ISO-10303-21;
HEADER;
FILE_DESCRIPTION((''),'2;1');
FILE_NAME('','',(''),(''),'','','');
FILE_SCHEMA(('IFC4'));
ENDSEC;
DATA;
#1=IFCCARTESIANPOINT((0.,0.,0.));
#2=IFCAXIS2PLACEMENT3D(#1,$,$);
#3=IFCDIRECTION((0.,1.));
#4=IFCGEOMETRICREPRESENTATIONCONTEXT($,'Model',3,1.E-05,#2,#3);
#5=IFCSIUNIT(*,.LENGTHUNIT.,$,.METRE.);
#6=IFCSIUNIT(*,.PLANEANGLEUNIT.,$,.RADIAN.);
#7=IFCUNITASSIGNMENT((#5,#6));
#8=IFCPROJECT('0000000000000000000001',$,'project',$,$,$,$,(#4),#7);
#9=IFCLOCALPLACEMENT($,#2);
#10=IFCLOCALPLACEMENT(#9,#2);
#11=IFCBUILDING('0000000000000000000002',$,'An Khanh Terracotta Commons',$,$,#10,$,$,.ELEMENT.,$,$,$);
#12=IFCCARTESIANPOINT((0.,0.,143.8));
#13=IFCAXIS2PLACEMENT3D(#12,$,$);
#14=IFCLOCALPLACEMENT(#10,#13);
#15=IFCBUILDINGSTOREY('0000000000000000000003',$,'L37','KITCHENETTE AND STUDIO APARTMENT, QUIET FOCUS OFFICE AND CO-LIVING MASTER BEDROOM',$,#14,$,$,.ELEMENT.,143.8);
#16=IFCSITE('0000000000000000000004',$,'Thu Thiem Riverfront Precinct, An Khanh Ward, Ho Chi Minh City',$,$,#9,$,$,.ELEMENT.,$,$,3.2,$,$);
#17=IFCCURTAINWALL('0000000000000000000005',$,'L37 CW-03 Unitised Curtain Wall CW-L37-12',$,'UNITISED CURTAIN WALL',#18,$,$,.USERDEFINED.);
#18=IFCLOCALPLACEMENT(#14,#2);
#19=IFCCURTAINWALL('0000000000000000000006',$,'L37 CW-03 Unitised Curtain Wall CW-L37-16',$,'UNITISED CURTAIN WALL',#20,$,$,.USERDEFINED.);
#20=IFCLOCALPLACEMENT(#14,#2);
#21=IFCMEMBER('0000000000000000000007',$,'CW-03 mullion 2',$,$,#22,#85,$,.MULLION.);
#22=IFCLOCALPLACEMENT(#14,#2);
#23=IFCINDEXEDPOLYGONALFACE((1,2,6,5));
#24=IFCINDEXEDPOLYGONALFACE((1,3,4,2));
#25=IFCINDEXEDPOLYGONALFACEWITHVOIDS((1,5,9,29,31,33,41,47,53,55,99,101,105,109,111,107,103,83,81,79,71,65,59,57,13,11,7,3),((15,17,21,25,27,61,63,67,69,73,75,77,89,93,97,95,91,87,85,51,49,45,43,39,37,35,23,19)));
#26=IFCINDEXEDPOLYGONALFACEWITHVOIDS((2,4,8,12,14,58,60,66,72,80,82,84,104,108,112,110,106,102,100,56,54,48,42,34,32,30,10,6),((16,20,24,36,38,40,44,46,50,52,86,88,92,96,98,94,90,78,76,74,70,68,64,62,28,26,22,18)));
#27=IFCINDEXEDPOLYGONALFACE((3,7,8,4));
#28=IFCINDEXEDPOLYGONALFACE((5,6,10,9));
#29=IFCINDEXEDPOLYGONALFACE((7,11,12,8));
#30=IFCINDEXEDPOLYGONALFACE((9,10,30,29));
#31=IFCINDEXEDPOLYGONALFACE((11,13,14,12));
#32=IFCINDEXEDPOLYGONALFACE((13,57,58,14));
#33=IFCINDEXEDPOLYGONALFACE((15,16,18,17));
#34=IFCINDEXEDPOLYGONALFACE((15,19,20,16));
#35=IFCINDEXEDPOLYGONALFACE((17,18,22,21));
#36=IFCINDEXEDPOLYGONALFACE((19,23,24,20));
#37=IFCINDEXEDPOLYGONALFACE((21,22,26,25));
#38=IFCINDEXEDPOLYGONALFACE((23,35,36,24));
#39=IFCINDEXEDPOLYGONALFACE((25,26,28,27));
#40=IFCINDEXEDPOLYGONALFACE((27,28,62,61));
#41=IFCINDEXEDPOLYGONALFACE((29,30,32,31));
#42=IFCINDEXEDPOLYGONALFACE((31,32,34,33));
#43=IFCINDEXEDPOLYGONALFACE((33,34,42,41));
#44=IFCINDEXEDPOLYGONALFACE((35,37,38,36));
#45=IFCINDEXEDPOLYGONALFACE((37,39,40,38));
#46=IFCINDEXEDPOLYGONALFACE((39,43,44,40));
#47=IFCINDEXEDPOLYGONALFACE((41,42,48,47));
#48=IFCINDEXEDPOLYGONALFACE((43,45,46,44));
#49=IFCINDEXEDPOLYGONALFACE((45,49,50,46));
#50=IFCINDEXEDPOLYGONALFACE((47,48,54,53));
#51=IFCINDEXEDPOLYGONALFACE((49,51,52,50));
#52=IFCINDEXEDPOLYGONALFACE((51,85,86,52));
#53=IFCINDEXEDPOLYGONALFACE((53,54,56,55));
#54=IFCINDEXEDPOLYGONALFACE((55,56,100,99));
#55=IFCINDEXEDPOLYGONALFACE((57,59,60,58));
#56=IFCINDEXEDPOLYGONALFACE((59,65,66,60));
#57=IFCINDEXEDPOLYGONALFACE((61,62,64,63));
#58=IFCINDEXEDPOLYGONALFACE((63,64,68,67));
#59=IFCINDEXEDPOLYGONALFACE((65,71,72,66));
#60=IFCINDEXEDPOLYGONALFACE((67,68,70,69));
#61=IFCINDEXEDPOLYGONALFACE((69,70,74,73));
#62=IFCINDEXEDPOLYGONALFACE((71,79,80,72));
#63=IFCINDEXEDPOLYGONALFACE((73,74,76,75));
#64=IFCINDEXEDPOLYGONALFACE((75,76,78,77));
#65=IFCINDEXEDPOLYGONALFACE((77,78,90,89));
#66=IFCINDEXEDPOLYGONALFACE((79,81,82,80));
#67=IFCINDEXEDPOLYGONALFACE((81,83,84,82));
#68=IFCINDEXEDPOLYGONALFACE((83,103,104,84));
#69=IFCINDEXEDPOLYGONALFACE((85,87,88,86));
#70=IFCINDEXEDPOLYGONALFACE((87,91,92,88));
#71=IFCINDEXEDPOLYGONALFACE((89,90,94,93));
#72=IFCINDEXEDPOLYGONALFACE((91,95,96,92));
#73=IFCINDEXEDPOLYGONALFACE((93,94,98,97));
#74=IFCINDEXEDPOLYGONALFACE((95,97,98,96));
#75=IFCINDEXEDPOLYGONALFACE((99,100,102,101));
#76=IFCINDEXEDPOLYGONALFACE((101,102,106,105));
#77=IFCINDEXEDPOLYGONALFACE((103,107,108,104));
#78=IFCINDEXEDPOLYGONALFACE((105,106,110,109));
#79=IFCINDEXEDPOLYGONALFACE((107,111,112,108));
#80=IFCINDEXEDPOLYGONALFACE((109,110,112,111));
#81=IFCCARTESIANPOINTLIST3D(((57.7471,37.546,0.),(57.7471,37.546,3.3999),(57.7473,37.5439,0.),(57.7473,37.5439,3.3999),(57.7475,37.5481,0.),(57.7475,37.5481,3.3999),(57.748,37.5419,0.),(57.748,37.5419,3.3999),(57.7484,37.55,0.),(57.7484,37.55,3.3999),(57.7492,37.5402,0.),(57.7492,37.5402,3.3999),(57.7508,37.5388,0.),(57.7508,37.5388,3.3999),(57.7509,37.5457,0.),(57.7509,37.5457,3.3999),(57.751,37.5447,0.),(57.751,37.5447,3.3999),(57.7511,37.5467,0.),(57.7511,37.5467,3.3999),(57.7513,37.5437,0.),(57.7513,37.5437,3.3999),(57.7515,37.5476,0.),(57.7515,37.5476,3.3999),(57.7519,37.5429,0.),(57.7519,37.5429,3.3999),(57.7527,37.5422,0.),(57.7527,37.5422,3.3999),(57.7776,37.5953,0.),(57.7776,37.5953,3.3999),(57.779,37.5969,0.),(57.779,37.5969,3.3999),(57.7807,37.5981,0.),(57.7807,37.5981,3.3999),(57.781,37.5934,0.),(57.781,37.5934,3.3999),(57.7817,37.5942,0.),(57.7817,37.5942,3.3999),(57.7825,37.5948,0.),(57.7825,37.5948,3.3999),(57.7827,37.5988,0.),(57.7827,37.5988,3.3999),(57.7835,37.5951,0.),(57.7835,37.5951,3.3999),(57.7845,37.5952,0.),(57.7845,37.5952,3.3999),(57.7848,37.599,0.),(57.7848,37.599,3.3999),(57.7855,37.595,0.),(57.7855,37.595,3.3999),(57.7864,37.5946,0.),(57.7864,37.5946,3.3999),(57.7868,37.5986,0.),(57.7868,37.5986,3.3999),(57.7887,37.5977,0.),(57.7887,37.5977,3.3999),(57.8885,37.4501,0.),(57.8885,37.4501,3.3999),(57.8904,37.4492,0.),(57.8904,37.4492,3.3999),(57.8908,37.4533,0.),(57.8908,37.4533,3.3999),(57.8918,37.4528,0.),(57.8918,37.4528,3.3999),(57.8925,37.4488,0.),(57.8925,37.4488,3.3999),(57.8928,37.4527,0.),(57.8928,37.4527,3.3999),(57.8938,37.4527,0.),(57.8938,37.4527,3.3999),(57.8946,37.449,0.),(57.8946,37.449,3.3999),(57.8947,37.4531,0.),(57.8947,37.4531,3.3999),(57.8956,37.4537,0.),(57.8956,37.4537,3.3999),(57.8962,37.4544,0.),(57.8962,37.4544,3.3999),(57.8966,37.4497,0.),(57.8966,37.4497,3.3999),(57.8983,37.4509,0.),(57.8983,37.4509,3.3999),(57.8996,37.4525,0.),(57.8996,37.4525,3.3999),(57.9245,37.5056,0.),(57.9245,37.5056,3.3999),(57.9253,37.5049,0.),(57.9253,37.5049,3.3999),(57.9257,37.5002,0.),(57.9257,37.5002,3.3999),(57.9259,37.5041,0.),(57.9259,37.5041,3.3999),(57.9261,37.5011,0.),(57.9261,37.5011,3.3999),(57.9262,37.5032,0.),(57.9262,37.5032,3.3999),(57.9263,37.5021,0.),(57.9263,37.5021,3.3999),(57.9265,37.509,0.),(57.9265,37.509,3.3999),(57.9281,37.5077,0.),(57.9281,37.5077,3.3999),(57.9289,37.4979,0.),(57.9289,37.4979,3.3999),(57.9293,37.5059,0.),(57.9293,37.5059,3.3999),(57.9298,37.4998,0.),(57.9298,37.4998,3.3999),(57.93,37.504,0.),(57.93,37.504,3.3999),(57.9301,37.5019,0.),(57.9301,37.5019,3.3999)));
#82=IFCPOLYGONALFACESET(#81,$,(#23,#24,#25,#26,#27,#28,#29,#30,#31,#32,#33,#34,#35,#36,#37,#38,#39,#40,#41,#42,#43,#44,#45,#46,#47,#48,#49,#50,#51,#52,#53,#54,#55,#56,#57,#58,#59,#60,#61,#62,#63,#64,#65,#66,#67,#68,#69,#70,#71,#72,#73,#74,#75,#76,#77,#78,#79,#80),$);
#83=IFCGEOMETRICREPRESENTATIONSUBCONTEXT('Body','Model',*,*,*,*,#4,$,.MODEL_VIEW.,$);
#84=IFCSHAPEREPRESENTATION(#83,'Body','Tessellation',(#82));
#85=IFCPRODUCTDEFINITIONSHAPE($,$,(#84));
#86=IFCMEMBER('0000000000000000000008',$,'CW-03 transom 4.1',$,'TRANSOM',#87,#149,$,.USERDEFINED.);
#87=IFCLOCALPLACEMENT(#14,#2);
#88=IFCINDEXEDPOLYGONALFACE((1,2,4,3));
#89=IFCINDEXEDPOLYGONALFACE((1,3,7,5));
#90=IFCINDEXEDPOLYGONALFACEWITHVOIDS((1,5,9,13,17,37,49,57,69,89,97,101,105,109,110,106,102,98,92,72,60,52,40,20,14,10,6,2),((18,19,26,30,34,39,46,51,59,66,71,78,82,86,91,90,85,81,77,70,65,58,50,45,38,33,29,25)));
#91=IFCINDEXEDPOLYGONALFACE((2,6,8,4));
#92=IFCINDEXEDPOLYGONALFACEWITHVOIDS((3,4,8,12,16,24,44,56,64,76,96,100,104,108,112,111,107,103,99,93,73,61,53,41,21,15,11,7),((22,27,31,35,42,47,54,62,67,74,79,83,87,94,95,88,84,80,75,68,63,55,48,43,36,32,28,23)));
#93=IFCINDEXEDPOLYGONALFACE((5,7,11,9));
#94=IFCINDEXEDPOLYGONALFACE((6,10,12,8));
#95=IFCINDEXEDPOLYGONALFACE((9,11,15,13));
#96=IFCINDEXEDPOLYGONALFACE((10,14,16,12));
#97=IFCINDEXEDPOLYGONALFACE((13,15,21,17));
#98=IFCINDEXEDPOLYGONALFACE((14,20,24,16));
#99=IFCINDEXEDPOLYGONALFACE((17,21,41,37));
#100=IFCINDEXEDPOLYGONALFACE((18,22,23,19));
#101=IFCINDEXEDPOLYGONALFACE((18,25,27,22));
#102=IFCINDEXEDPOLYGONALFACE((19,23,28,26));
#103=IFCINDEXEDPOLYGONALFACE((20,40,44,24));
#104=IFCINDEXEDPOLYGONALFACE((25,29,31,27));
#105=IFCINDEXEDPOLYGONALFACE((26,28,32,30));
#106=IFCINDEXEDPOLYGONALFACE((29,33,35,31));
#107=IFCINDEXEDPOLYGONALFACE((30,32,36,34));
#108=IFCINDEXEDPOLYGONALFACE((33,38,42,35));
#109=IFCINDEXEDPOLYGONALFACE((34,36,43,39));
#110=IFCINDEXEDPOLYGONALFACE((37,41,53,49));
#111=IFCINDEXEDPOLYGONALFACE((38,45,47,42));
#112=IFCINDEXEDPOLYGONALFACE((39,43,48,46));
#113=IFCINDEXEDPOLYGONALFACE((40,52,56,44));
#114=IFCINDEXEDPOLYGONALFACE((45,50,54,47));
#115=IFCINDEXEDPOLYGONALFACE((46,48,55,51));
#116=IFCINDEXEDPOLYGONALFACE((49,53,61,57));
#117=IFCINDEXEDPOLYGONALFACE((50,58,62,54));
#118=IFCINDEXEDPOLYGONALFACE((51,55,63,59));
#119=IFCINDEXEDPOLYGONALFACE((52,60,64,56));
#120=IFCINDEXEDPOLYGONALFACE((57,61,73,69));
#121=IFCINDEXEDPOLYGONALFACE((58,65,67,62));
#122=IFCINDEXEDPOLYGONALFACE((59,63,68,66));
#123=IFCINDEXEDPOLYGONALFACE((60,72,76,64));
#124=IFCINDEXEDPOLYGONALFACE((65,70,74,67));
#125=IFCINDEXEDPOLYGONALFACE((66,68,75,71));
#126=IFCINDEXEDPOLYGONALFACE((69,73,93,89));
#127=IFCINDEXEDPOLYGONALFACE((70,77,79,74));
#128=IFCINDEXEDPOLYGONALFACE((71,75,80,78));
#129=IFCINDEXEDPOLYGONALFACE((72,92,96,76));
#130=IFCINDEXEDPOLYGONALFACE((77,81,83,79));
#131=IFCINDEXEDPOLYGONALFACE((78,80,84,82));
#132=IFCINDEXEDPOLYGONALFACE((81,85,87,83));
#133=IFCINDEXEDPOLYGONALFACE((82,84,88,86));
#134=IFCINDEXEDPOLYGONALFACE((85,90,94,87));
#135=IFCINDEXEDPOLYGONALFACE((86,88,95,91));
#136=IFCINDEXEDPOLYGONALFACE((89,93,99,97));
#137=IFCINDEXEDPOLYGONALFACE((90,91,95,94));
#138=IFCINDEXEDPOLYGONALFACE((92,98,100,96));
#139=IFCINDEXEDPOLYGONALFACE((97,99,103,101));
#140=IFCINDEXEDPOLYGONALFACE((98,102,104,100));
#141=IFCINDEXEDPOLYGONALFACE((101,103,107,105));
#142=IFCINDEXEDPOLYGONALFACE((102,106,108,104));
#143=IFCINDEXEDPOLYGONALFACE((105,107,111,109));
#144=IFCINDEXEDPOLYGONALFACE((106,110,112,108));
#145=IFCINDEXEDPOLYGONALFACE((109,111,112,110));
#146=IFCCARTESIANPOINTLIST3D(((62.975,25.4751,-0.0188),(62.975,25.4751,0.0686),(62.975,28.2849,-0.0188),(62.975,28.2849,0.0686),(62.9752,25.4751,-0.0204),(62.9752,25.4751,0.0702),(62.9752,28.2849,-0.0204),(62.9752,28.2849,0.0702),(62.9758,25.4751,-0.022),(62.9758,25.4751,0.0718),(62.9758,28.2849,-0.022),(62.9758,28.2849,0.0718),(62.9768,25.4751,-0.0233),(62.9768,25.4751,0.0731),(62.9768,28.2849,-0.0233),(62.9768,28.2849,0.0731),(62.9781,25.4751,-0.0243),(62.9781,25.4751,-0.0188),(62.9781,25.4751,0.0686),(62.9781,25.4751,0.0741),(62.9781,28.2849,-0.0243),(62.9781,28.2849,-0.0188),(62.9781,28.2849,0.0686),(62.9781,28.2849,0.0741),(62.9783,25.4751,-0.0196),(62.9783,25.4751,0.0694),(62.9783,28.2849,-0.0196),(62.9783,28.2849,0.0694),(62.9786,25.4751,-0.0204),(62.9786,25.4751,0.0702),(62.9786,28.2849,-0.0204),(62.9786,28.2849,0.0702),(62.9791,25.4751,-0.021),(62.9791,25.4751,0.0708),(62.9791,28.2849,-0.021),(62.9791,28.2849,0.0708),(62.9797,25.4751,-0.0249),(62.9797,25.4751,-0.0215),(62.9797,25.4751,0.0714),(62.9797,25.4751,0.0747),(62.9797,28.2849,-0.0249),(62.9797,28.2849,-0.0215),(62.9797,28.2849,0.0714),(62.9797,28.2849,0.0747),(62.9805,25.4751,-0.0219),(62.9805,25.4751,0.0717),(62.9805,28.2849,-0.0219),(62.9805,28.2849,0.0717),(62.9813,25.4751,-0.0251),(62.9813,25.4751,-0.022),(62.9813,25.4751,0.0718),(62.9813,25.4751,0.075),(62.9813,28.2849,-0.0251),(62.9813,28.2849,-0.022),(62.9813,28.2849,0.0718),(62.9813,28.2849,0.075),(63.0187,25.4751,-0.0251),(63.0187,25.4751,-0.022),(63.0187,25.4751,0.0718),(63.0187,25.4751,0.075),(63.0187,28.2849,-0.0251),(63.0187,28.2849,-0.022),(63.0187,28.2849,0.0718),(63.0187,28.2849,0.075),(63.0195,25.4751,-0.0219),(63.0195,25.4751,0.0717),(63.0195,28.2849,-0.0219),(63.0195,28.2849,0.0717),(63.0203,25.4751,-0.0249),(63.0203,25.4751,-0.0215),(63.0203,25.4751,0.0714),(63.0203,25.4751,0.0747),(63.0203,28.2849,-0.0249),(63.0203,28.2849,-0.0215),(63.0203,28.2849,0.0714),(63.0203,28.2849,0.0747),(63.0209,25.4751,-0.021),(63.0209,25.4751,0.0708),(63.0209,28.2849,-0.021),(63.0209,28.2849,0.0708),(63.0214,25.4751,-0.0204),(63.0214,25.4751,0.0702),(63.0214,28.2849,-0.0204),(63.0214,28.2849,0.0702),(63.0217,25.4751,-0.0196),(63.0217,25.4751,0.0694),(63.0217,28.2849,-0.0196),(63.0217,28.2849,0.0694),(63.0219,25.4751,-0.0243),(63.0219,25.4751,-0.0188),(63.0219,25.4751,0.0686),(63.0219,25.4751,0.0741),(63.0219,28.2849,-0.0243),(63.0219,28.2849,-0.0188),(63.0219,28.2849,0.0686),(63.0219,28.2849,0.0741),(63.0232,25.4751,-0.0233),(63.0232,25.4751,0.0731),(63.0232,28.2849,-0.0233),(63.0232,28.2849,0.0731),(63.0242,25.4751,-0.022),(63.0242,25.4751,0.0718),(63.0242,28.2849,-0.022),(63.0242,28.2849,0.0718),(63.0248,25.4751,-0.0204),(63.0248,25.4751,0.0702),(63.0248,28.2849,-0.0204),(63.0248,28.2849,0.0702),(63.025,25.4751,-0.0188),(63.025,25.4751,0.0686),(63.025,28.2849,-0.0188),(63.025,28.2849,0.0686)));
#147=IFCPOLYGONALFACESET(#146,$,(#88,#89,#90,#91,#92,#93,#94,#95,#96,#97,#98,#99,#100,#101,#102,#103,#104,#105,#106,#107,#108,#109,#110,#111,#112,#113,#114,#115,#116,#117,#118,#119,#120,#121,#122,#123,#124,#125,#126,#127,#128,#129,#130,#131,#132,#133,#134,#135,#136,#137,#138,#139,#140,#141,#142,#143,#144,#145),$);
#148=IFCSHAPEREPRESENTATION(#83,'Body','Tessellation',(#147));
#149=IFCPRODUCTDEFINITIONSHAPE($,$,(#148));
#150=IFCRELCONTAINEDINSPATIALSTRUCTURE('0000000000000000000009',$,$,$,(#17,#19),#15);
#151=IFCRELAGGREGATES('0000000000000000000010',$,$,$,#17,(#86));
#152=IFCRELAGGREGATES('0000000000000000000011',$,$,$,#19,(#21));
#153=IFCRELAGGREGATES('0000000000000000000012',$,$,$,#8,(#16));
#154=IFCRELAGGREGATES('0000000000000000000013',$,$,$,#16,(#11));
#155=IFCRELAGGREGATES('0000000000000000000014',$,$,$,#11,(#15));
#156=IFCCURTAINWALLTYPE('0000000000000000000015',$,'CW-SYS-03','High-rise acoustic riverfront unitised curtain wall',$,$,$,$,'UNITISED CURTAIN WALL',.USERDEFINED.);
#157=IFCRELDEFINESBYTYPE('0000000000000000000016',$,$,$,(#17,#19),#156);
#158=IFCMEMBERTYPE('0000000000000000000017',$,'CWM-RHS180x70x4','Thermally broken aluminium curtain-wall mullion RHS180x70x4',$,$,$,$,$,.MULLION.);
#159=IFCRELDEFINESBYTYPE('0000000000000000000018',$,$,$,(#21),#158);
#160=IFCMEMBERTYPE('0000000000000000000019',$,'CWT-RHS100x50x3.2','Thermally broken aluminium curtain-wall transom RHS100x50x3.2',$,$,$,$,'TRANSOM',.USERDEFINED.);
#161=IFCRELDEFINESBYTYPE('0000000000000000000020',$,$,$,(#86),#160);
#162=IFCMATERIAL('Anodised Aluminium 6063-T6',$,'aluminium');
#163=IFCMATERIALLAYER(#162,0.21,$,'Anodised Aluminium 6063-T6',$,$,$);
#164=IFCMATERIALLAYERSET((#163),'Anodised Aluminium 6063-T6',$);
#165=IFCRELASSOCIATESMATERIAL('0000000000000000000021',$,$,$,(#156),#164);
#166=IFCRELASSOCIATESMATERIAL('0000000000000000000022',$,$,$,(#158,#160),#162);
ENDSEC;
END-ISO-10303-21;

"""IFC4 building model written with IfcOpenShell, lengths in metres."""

from ifc_helpers import new_model, si_unit, direction, frame, origin, origin_2d, place, context, subcontext, project, spatial, hollow_rectangle, extrude, material, layer, layer_set, material_profile, profile_set, type_object, element, aggregate, save


model = new_model("IFC4")

# Units and contexts
model_context = context("Model", 3, precision=1e-05, world=origin(), true_north=direction((0.0, 1.0)))
body_context = subcontext(model_context, "Body", "Model", "MODEL_VIEW")
ifc_project = project(units=[si_unit("LENGTHUNIT", "METRE"), si_unit("PLANEANGLEUNIT", "RADIAN")], contexts=[model_context])

# Site, building, storey
site_placement = place(None, origin())
site = spatial("IfcSite", under=ifc_project, at=site_placement, Name="Thu Thiem Riverfront Precinct, An Khanh Ward, Ho Chi Minh City", CompositionType="ELEMENT", RefElevation=3.2)
building_placement = place(site_placement, origin())
building = spatial("IfcBuilding", under=site, at=building_placement, Name="An Khanh Terracotta Commons", CompositionType="ELEMENT")
storey_placement = place(building_placement, frame((0.0, 0.0, 143.8)))
storey = spatial("IfcBuildingStorey", under=building, at=storey_placement, Name="L37", Description="KITCHENETTE AND STUDIO APARTMENT, QUIET FOCUS OFFICE AND CO-LIVING MASTER BEDROOM", CompositionType="ELEMENT", Elevation=143.8)

# Curtain walls, member
ifc_material_1 = material(Name="Anodised Aluminium 6063-T6", Category="aluminium")
ifc_layer_1 = layer(ifc_material_1, 0.21, Name="Anodised Aluminium 6063-T6")
ifc_layer_set_1 = layer_set([ifc_layer_1], Name="Anodised Aluminium 6063-T6")
curtain_wall_type = type_object("IfcCurtainWallType", Name="CW-SYS-03", Description="High-rise acoustic riverfront unitised curtain wall", ElementType="UNITISED CURTAIN WALL", PredefinedType="USERDEFINED", material=ifc_layer_set_1)
curtain_wall_1_placement = place(storey_placement, origin())
curtain_wall_1 = element("IfcCurtainWall", 1, at=curtain_wall_1_placement, inside=storey, type_object=curtain_wall_type, Name="L37 CW-03 Unitised Curtain Wall CW-L37-12", ObjectType="UNITISED CURTAIN WALL", PredefinedType="USERDEFINED")
ifc_material_profile_1 = material_profile(ifc_material_1, hollow_rectangle(XDim=0.0701, YDim=0.1799, WallThickness=0.0039, InnerFilletRadius=0.0039, OuterFilletRadius=0.0081, at=origin_2d()), Name="RHS180x70x4")
ifc_profile_set_1 = profile_set([ifc_material_profile_1], Name="Anodised Aluminium 6063-T6")
member_type_1 = type_object("IfcMemberType", Name="CWM-RHS180x70x4", Description="Thermally broken aluminium curtain-wall mullion RHS180x70x4", PredefinedType="MULLION", material=ifc_profile_set_1)
curtain_wall_2_placement = place(storey_placement, origin())
curtain_wall_2 = element("IfcCurtainWall", 2, at=curtain_wall_2_placement, inside=storey, type_object=curtain_wall_type, Name="L37 CW-03 Unitised Curtain Wall CW-L37-16", ObjectType="UNITISED CURTAIN WALL", PredefinedType="USERDEFINED")
member_1_placement = place(storey_placement, frame((57.8386, 37.5239, 0.0), z_axis=(0.0, 0.0, 1.0), x_axis=(-0.541498, -0.840702, 0.0)))
member_1 = element("IfcMember", 3, at=member_1_placement, type_object=member_type_1, Name="CW-03 mullion 2", PredefinedType="MULLION", context=body_context, shape_type="SweptSolid", body=[
    extrude(hollow_rectangle(XDim=0.0701, YDim=0.1799, WallThickness=0.0039, InnerFilletRadius=0.0039, OuterFilletRadius=0.0081, at=origin_2d()), origin(), (0.0, 0.0, 1.0), 3.3999),
])

# Member
ifc_material_profile_2 = material_profile(ifc_material_1, hollow_rectangle(XDim=0.05, YDim=0.1001, WallThickness=0.0032, InnerFilletRadius=0.0032, OuterFilletRadius=0.0063, at=origin_2d()), Name="RHS100x50x3.2")
ifc_profile_set_2 = profile_set([ifc_material_profile_2], Name="Anodised Aluminium 6063-T6")
member_type_2 = type_object("IfcMemberType", Name="CWT-RHS100x50x3.2", Description="Thermally broken aluminium curtain-wall transom RHS100x50x3.2", ElementType="TRANSOM", PredefinedType="USERDEFINED", material=ifc_profile_set_2)
member_2_placement = place(storey_placement, frame((63.0, 25.4751, 0.0249), z_axis=(0.0, 1.0, 0.0), x_axis=(-1.0, 0.0, 0.0)))
member_2 = element("IfcMember", 4, at=member_2_placement, type_object=member_type_2, Name="CW-03 transom 4.1", ObjectType="TRANSOM", PredefinedType="USERDEFINED", context=body_context, shape_type="SweptSolid", body=[
    extrude(hollow_rectangle(XDim=0.05, YDim=0.1001, WallThickness=0.0032, InnerFilletRadius=0.0032, OuterFilletRadius=0.0063, at=origin_2d()), origin(), (0.0, 0.0, 1.0), 2.8098),
])

aggregate(curtain_wall_1, [member_2])
aggregate(curtain_wall_2, [member_1])

save(model, "model.ifc")
